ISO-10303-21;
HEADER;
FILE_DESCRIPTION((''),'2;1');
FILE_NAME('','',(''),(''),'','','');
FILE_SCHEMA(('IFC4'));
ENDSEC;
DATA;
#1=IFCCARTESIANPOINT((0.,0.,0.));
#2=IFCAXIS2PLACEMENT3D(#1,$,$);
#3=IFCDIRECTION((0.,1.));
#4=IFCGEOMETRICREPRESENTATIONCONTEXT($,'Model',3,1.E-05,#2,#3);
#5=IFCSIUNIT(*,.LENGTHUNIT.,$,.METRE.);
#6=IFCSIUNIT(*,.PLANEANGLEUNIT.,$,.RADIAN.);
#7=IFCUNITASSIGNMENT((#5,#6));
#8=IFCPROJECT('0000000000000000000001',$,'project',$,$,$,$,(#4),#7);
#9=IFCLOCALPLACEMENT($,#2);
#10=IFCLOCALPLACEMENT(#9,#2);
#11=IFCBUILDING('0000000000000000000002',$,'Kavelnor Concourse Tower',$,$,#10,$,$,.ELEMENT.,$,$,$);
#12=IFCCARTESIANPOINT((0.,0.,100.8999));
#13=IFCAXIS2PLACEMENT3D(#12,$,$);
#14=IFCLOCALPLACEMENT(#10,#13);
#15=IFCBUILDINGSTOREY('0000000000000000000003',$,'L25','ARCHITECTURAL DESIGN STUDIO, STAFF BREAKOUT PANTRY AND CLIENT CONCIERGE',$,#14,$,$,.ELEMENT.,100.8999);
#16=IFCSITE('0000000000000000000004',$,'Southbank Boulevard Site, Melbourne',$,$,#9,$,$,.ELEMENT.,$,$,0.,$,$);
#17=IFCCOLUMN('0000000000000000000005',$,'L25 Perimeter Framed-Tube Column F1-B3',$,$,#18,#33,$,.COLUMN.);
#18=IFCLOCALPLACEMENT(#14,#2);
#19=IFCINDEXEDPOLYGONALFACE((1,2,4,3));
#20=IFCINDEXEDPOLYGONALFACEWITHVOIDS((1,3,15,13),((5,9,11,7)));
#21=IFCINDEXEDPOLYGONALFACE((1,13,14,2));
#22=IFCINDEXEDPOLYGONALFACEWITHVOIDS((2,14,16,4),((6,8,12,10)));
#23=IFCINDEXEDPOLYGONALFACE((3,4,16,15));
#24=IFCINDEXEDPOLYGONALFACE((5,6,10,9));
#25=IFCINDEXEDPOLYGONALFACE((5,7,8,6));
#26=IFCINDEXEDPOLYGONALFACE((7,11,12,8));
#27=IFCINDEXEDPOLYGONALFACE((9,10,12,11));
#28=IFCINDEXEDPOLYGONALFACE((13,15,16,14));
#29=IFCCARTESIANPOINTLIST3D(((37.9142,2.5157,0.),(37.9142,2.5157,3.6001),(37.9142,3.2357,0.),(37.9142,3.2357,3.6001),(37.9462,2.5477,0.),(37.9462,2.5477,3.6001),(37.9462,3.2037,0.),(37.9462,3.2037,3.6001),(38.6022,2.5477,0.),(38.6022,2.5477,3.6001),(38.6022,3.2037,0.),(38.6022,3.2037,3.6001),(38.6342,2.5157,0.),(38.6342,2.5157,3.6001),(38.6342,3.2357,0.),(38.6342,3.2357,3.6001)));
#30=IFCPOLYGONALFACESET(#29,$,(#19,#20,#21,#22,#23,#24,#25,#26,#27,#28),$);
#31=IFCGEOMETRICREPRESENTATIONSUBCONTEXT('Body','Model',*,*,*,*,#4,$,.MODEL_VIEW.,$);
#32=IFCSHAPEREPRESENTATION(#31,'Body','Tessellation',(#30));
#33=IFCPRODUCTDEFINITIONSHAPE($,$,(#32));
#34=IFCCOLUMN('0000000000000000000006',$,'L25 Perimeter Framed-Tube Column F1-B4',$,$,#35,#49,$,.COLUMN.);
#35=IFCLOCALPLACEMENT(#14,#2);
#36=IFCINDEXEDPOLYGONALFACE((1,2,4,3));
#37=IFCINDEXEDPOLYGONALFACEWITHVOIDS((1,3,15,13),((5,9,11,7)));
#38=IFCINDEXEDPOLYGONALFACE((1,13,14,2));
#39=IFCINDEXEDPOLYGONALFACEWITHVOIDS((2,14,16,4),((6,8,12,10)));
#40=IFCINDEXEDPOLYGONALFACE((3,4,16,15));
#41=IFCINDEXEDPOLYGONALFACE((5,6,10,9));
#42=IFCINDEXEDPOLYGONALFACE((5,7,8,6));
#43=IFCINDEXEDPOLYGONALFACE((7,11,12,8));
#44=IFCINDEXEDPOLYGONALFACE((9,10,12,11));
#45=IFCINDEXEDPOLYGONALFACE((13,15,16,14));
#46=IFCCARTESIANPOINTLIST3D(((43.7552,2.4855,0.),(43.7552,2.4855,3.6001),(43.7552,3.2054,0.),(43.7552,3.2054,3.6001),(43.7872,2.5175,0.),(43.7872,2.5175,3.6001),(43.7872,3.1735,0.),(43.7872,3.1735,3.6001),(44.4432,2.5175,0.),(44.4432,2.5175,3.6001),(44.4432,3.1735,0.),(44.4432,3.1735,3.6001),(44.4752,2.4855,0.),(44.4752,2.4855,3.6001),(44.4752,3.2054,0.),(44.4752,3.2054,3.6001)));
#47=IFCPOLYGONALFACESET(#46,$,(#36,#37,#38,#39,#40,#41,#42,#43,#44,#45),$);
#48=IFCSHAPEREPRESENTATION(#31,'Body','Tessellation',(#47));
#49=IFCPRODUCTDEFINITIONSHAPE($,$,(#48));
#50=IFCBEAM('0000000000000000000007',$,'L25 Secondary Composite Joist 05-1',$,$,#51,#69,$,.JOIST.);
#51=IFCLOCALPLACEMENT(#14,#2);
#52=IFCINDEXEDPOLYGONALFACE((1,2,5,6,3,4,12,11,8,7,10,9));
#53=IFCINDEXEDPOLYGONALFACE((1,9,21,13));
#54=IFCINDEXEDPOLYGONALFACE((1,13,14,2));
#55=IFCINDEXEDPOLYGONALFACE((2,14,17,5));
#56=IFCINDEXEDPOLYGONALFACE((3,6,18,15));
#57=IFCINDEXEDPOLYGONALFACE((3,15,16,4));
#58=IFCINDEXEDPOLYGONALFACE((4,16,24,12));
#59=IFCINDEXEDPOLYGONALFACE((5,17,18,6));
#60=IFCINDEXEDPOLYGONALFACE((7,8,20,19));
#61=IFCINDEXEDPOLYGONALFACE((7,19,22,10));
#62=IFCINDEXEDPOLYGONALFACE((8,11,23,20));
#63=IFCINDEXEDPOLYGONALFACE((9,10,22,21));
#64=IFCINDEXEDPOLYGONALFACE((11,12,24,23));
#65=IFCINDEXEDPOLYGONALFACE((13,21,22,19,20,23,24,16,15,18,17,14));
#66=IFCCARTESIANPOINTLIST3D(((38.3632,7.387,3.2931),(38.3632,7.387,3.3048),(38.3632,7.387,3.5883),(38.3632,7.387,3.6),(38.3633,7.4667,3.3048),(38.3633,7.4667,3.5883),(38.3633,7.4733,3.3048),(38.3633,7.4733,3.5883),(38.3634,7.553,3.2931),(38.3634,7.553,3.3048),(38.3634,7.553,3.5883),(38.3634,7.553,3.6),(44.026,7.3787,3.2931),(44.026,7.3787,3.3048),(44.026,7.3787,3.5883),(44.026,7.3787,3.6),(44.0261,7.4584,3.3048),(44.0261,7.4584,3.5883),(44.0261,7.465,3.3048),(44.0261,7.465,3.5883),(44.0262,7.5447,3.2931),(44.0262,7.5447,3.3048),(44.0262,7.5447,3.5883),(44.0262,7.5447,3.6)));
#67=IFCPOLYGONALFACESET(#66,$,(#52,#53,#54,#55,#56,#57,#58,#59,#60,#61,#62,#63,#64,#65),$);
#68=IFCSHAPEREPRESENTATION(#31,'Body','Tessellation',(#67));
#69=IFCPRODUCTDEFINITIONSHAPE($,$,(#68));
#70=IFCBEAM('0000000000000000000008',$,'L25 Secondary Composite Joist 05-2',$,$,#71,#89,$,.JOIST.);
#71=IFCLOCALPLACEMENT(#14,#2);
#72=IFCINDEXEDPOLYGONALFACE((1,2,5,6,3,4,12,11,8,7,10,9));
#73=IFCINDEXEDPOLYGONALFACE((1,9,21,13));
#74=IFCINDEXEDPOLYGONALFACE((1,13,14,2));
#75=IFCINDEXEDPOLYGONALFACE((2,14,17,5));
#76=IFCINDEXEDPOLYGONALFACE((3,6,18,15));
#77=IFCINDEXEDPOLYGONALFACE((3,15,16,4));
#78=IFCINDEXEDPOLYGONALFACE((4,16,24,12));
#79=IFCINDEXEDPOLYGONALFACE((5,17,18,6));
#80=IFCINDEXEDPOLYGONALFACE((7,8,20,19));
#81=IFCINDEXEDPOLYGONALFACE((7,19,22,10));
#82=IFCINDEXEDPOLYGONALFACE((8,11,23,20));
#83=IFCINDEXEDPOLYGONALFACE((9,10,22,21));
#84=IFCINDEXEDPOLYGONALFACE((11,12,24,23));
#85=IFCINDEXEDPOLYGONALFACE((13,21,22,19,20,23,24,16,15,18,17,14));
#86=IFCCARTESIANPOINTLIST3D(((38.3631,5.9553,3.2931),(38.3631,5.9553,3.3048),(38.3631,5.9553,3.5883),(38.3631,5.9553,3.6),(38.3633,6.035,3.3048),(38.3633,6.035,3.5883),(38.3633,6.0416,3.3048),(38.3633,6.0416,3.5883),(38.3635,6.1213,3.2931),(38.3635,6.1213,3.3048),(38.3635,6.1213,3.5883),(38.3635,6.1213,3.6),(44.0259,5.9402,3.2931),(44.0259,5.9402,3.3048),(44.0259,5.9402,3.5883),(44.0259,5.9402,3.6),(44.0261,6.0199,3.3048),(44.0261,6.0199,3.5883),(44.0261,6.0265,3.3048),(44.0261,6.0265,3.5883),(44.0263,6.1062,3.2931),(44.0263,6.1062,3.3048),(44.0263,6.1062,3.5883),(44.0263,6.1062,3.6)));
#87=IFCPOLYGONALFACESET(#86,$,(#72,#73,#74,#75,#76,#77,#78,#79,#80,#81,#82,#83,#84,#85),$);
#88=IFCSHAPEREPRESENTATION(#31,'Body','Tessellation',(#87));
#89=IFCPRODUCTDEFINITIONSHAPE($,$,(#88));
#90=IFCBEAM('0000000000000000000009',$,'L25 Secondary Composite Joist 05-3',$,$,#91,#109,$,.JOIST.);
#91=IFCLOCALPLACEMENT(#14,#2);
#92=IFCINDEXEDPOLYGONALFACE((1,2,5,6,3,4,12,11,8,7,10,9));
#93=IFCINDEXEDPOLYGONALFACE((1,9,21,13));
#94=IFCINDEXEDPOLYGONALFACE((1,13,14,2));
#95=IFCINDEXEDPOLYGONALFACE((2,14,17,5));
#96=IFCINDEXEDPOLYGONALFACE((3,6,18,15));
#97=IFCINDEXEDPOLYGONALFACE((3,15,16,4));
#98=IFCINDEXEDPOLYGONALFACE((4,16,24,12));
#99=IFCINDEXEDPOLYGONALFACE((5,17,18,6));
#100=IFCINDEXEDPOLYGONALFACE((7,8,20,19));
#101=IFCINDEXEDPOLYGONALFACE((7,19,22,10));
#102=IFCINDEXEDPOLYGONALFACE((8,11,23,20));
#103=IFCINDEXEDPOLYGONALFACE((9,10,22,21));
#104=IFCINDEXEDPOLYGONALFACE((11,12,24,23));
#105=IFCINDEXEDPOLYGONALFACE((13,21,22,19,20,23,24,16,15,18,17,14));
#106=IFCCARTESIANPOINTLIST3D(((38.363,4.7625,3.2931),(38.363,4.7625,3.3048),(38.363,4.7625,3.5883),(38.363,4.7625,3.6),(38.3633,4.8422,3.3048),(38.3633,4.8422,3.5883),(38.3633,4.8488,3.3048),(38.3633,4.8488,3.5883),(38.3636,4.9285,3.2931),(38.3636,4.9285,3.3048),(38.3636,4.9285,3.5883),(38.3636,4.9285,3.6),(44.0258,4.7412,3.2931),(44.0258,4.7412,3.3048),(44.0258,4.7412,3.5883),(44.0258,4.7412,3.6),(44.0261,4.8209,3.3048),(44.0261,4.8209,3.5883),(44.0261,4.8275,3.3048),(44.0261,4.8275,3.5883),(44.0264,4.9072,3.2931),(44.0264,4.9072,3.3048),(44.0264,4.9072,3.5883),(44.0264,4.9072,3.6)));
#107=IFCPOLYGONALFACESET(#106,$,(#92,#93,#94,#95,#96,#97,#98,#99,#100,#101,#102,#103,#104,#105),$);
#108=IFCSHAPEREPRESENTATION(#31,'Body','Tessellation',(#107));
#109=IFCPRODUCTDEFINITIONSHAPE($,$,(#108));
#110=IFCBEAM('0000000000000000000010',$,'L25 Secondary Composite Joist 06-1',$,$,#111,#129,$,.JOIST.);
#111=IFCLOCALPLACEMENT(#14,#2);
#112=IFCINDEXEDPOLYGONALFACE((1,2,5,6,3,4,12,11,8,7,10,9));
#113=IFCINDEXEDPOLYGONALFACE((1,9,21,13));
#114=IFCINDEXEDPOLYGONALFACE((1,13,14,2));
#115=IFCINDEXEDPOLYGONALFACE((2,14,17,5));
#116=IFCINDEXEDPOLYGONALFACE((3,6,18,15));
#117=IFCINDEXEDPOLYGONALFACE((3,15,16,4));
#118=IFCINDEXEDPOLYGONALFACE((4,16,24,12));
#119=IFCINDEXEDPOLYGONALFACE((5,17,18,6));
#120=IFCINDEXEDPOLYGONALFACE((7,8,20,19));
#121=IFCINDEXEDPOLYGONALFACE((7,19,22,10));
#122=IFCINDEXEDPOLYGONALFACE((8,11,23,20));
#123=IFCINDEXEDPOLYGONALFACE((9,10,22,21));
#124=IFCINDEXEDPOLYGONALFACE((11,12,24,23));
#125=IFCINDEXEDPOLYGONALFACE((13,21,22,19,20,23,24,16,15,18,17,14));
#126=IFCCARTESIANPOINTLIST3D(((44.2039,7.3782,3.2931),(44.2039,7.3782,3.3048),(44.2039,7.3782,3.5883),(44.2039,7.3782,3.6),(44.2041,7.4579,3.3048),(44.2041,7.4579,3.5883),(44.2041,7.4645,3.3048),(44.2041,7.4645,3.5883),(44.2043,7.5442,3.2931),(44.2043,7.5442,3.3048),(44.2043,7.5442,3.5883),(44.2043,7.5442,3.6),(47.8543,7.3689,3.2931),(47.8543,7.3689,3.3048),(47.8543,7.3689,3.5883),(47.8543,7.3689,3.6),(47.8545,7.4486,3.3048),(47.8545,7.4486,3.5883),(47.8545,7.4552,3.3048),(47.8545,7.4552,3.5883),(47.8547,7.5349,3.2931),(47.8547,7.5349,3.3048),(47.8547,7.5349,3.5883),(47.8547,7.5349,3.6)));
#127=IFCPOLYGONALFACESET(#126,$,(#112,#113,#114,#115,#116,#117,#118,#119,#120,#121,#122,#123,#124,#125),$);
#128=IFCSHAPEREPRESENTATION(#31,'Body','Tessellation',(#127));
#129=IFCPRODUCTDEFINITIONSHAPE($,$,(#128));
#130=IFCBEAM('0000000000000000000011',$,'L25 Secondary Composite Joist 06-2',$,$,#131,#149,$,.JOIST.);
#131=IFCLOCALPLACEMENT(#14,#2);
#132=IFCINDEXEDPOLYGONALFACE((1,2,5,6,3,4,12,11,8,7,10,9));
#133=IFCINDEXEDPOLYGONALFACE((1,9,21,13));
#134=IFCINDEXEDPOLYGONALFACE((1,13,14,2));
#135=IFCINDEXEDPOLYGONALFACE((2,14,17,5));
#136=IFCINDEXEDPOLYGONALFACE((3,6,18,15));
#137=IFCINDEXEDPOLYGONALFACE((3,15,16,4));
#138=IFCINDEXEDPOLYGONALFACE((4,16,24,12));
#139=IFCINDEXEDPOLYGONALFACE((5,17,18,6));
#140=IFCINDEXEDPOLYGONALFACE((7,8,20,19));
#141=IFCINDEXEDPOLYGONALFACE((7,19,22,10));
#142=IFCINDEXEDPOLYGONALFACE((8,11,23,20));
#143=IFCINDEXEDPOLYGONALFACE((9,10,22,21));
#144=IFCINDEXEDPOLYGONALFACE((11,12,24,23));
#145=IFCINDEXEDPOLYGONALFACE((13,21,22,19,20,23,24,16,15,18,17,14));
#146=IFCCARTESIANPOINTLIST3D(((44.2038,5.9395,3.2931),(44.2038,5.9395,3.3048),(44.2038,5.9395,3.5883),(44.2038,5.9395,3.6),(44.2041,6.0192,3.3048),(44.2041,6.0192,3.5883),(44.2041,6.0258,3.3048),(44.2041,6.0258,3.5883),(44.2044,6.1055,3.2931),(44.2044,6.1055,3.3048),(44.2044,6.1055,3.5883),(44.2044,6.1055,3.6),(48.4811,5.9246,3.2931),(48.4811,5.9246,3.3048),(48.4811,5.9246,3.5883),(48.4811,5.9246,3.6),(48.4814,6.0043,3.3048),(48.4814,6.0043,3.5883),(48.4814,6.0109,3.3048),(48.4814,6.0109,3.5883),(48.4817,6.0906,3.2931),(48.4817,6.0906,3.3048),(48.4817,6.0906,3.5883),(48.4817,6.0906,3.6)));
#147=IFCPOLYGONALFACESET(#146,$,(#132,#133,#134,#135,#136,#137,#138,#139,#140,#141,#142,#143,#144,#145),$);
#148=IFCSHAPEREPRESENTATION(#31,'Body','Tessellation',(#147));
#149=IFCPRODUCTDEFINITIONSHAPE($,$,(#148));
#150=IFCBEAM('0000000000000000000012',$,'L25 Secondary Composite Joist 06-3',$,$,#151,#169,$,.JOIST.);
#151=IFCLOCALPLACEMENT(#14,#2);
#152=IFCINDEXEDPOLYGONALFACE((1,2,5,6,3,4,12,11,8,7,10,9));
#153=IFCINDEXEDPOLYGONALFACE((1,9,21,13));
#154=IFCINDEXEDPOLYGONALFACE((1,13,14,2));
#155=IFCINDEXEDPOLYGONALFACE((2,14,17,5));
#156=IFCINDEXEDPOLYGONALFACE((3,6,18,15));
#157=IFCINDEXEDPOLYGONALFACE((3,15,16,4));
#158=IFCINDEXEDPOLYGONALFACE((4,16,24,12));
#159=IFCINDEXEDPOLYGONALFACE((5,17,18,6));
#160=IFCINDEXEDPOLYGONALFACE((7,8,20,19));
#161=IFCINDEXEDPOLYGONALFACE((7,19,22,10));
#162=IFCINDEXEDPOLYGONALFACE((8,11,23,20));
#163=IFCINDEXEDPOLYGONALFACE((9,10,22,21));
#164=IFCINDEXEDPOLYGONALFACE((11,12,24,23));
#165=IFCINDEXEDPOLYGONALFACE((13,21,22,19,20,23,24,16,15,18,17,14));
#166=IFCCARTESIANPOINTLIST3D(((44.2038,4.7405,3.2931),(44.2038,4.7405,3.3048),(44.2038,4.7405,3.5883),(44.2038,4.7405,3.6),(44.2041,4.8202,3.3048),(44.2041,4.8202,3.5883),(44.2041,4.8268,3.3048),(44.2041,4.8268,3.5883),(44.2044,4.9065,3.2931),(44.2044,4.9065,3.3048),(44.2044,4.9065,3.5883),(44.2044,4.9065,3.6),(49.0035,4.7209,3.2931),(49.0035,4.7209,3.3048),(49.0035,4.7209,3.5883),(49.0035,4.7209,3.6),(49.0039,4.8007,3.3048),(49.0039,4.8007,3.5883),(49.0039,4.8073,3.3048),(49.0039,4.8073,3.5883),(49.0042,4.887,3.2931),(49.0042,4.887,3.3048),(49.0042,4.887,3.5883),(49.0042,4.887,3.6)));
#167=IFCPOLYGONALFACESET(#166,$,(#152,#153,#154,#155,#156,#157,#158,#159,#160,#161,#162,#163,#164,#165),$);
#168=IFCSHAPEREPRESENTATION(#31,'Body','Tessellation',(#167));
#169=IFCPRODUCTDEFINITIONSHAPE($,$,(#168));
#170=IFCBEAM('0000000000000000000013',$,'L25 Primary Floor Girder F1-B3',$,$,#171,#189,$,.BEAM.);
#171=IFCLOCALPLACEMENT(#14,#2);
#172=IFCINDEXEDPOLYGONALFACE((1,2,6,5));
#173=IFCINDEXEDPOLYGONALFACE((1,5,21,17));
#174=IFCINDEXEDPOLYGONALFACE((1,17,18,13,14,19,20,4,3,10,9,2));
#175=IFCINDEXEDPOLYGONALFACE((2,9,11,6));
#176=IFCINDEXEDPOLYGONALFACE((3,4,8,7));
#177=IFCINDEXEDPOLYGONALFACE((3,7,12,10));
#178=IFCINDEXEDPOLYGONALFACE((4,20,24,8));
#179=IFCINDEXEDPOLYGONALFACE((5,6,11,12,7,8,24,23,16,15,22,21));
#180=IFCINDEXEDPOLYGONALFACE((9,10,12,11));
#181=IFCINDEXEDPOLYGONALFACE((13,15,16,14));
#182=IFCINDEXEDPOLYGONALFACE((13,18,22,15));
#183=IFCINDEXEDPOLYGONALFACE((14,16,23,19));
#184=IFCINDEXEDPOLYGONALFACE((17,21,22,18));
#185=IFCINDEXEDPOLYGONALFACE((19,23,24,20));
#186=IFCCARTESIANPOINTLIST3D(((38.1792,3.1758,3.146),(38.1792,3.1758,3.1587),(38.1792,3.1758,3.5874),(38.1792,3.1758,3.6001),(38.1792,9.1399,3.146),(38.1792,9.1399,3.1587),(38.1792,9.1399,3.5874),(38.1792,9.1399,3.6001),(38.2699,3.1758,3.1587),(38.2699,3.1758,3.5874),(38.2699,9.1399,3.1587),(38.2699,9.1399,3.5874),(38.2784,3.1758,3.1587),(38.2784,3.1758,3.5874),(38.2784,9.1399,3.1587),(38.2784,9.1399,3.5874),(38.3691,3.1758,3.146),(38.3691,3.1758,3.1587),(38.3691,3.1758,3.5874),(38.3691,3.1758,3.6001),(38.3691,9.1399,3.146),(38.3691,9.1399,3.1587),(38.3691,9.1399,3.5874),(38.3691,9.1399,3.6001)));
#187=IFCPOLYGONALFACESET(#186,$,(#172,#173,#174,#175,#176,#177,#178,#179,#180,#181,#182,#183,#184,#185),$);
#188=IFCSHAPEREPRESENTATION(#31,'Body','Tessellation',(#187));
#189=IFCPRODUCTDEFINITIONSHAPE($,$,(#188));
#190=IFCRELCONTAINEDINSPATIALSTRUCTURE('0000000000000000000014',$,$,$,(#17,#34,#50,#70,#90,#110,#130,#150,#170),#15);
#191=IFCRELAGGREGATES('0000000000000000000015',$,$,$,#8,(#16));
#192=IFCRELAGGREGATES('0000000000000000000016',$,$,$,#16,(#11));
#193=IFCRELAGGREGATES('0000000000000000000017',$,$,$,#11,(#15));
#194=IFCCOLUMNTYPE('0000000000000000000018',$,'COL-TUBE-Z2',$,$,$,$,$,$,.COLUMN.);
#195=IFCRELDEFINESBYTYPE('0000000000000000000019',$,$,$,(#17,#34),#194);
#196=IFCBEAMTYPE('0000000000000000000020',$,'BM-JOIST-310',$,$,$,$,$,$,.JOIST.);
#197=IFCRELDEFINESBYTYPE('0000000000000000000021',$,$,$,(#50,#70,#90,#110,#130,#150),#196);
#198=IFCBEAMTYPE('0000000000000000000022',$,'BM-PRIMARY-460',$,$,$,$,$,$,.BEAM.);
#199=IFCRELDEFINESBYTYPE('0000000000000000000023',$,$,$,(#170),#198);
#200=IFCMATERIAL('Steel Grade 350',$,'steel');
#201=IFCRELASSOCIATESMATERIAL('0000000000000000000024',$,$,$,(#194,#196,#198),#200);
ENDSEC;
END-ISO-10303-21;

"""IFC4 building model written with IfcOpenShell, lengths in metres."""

from ifc_helpers import new_model, si_unit, direction, frame, origin, origin_2d, place, context, subcontext, project, spatial, hollow_rectangle, i_section, extrude, material, material_profile, profile_set, type_object, element, save


model = new_model("IFC4")

# Units and contexts
model_context = context("Model", 3, precision=1e-05, world=origin(), true_north=direction((0.0, 1.0)))
body_context = subcontext(model_context, "Body", "Model", "MODEL_VIEW")
ifc_project = project(units=[si_unit("LENGTHUNIT", "METRE"), si_unit("PLANEANGLEUNIT", "RADIAN")], contexts=[model_context])

# Site, building, storey
site_placement = place(None, origin())
site = spatial("IfcSite", under=ifc_project, at=site_placement, Name="Southbank Boulevard Site, Melbourne", CompositionType="ELEMENT", RefElevation=0.0)
building_placement = place(site_placement, origin())
building = spatial("IfcBuilding", under=site, at=building_placement, Name="Kavelnor Concourse Tower", CompositionType="ELEMENT")
storey_placement = place(building_placement, frame((0.0, 0.0, 100.8999)))
storey = spatial("IfcBuildingStorey", under=building, at=storey_placement, Name="L25", Description="ARCHITECTURAL DESIGN STUDIO, STAFF BREAKOUT PANTRY AND CLIENT CONCIERGE", CompositionType="ELEMENT", Elevation=100.8999)

# Columns
ifc_material_1 = material(Name="Steel Grade 350", Category="steel")
ifc_material_profile_1 = material_profile(ifc_material_1, hollow_rectangle(XDim=0.72, YDim=0.72, WallThickness=0.032, at=origin_2d()), Name="SHS 720x720x32")
ifc_profile_set_1 = profile_set([ifc_material_profile_1], Name="Steel Grade 350")
column_type = type_object("IfcColumnType", Name="COL-TUBE-Z2", PredefinedType="COLUMN", material=ifc_profile_set_1)
for number, where, z_axis, x_axis, name in (
    (1, (38.2742, 2.8757, 0.0), (0.0, 0.0, 1.0), (1.0, 0.0, 0.0), "L25 Perimeter Framed-Tube Column F1-B3"),
    (2, (44.1152, 2.8455, 0.0), (0.0, 0.0, 1.0), (1.0, 0.0, 0.0), "L25 Perimeter Framed-Tube Column F1-B4"),
):
    element("IfcColumn", number, at=place(storey_placement, frame(where, z_axis=z_axis, x_axis=x_axis)), inside=storey, type_object=column_type, Name=name, PredefinedType="COLUMN", context=body_context, shape_type="SweptSolid", body=[
        extrude(hollow_rectangle(XDim=0.72, YDim=0.72, WallThickness=0.032, at=origin_2d()), origin(), (0.0, 0.0, 1.0), 3.6001),
    ])

# Beams
ifc_material_profile_2 = material_profile(ifc_material_1, i_section(OverallWidth=0.166, OverallDepth=0.3069, WebThickness=0.0066, FlangeThickness=0.0117, at=origin_2d()), Name="310UB46")
ifc_profile_set_2 = profile_set([ifc_material_profile_2], Name="Steel Grade 350")
beam_type_1 = type_object("IfcBeamType", Name="BM-JOIST-310", PredefinedType="JOIST", material=ifc_profile_set_2)
for number, where, z_axis, x_axis, name in (
    (3, (38.3633, 7.47, 3.4465), (0.999999, -0.001466, 0.0), (0.001466, 0.999999, 0.0), "L25 Secondary Composite Joist 05-1"),
    (4, (38.3633, 6.0383, 3.4465), (0.999996, -0.002673, 0.0), (0.002673, 0.999996, 0.0), "L25 Secondary Composite Joist 05-2"),
    (5, (38.3633, 4.8455, 3.4465), (0.999993, -0.003751, 0.0), (0.003751, 0.999993, 0.0), "L25 Secondary Composite Joist 05-3"),
):
    element("IfcBeam", number, at=place(storey_placement, frame(where, z_axis=z_axis, x_axis=x_axis)), inside=storey, type_object=beam_type_1, Name=name, PredefinedType="JOIST", context=body_context, shape_type="SweptSolid", body=[
        extrude(i_section(OverallWidth=0.166, OverallDepth=0.3069, WebThickness=0.0066, FlangeThickness=0.0117, at=origin_2d()), origin(), (0.0, 0.0, 1.0), 5.6628),
    ])
beam_1_placement = place(storey_placement, frame((44.2041, 7.4612, 3.4465), z_axis=(0.999997, -0.002541, 0.0), x_axis=(0.002541, 0.999997, 0.0)))
element("IfcBeam", 6, at=beam_1_placement, inside=storey, type_object=beam_type_1, Name="L25 Secondary Composite Joist 06-1", PredefinedType="JOIST", context=body_context, shape_type="SweptSolid", body=[
    extrude(i_section(OverallWidth=0.166, OverallDepth=0.3069, WebThickness=0.0066, FlangeThickness=0.0117, at=origin_2d()), origin(), (0.0, 0.0, 1.0), 3.6504),
])
beam_2_placement = place(storey_placement, frame((44.2041, 6.0225, 3.4465), z_axis=(0.999994, -0.003482, 0.0), x_axis=(0.003482, 0.999994, 0.0)))
element("IfcBeam", 7, at=beam_2_placement, inside=storey, type_object=beam_type_1, Name="L25 Secondary Composite Joist 06-2", PredefinedType="JOIST", context=body_context, shape_type="SweptSolid", body=[
    extrude(i_section(OverallWidth=0.166, OverallDepth=0.3069, WebThickness=0.0066, FlangeThickness=0.0117, at=origin_2d()), origin(), (0.0, 0.0, 1.0), 4.2773),
])
beam_3_placement = place(storey_placement, frame((44.2041, 4.8235, 3.4465), z_axis=(0.999992, -0.004069, 0.0), x_axis=(0.004069, 0.999992, 0.0)))
element("IfcBeam", 8, at=beam_3_placement, inside=storey, type_object=beam_type_1, Name="L25 Secondary Composite Joist 06-3", PredefinedType="JOIST", context=body_context, shape_type="SweptSolid", body=[
    extrude(i_section(OverallWidth=0.166, OverallDepth=0.3069, WebThickness=0.0066, FlangeThickness=0.0117, at=origin_2d()), origin(), (0.0, 0.0, 1.0), 4.7998),
])
ifc_material_profile_3 = material_profile(ifc_material_1, i_section(OverallWidth=0.1899, OverallDepth=0.4541, WebThickness=0.0085, FlangeThickness=0.0127, at=origin_2d()), Name="460UB67")
ifc_profile_set_3 = profile_set([ifc_material_profile_3], Name="Steel Grade 350")
beam_type_2 = type_object("IfcBeamType", Name="BM-PRIMARY-460", PredefinedType="BEAM", material=ifc_profile_set_3)
beam_4_placement = place(storey_placement, frame((38.2742, 9.1399, 3.373), z_axis=(0.0, -1.0, 0.0), x_axis=(1.0, 0.0, 0.0)))
element("IfcBeam", 9, at=beam_4_placement, inside=storey, type_object=beam_type_2, Name="L25 Primary Floor Girder F1-B3", PredefinedType="BEAM", context=body_context, shape_type="SweptSolid", body=[
    extrude(i_section(OverallWidth=0.1899, OverallDepth=0.4541, WebThickness=0.0085, FlangeThickness=0.0127, at=origin_2d()), origin(), (0.0, 0.0, 1.0), 5.9641),
])

save(model, "model.ifc")
